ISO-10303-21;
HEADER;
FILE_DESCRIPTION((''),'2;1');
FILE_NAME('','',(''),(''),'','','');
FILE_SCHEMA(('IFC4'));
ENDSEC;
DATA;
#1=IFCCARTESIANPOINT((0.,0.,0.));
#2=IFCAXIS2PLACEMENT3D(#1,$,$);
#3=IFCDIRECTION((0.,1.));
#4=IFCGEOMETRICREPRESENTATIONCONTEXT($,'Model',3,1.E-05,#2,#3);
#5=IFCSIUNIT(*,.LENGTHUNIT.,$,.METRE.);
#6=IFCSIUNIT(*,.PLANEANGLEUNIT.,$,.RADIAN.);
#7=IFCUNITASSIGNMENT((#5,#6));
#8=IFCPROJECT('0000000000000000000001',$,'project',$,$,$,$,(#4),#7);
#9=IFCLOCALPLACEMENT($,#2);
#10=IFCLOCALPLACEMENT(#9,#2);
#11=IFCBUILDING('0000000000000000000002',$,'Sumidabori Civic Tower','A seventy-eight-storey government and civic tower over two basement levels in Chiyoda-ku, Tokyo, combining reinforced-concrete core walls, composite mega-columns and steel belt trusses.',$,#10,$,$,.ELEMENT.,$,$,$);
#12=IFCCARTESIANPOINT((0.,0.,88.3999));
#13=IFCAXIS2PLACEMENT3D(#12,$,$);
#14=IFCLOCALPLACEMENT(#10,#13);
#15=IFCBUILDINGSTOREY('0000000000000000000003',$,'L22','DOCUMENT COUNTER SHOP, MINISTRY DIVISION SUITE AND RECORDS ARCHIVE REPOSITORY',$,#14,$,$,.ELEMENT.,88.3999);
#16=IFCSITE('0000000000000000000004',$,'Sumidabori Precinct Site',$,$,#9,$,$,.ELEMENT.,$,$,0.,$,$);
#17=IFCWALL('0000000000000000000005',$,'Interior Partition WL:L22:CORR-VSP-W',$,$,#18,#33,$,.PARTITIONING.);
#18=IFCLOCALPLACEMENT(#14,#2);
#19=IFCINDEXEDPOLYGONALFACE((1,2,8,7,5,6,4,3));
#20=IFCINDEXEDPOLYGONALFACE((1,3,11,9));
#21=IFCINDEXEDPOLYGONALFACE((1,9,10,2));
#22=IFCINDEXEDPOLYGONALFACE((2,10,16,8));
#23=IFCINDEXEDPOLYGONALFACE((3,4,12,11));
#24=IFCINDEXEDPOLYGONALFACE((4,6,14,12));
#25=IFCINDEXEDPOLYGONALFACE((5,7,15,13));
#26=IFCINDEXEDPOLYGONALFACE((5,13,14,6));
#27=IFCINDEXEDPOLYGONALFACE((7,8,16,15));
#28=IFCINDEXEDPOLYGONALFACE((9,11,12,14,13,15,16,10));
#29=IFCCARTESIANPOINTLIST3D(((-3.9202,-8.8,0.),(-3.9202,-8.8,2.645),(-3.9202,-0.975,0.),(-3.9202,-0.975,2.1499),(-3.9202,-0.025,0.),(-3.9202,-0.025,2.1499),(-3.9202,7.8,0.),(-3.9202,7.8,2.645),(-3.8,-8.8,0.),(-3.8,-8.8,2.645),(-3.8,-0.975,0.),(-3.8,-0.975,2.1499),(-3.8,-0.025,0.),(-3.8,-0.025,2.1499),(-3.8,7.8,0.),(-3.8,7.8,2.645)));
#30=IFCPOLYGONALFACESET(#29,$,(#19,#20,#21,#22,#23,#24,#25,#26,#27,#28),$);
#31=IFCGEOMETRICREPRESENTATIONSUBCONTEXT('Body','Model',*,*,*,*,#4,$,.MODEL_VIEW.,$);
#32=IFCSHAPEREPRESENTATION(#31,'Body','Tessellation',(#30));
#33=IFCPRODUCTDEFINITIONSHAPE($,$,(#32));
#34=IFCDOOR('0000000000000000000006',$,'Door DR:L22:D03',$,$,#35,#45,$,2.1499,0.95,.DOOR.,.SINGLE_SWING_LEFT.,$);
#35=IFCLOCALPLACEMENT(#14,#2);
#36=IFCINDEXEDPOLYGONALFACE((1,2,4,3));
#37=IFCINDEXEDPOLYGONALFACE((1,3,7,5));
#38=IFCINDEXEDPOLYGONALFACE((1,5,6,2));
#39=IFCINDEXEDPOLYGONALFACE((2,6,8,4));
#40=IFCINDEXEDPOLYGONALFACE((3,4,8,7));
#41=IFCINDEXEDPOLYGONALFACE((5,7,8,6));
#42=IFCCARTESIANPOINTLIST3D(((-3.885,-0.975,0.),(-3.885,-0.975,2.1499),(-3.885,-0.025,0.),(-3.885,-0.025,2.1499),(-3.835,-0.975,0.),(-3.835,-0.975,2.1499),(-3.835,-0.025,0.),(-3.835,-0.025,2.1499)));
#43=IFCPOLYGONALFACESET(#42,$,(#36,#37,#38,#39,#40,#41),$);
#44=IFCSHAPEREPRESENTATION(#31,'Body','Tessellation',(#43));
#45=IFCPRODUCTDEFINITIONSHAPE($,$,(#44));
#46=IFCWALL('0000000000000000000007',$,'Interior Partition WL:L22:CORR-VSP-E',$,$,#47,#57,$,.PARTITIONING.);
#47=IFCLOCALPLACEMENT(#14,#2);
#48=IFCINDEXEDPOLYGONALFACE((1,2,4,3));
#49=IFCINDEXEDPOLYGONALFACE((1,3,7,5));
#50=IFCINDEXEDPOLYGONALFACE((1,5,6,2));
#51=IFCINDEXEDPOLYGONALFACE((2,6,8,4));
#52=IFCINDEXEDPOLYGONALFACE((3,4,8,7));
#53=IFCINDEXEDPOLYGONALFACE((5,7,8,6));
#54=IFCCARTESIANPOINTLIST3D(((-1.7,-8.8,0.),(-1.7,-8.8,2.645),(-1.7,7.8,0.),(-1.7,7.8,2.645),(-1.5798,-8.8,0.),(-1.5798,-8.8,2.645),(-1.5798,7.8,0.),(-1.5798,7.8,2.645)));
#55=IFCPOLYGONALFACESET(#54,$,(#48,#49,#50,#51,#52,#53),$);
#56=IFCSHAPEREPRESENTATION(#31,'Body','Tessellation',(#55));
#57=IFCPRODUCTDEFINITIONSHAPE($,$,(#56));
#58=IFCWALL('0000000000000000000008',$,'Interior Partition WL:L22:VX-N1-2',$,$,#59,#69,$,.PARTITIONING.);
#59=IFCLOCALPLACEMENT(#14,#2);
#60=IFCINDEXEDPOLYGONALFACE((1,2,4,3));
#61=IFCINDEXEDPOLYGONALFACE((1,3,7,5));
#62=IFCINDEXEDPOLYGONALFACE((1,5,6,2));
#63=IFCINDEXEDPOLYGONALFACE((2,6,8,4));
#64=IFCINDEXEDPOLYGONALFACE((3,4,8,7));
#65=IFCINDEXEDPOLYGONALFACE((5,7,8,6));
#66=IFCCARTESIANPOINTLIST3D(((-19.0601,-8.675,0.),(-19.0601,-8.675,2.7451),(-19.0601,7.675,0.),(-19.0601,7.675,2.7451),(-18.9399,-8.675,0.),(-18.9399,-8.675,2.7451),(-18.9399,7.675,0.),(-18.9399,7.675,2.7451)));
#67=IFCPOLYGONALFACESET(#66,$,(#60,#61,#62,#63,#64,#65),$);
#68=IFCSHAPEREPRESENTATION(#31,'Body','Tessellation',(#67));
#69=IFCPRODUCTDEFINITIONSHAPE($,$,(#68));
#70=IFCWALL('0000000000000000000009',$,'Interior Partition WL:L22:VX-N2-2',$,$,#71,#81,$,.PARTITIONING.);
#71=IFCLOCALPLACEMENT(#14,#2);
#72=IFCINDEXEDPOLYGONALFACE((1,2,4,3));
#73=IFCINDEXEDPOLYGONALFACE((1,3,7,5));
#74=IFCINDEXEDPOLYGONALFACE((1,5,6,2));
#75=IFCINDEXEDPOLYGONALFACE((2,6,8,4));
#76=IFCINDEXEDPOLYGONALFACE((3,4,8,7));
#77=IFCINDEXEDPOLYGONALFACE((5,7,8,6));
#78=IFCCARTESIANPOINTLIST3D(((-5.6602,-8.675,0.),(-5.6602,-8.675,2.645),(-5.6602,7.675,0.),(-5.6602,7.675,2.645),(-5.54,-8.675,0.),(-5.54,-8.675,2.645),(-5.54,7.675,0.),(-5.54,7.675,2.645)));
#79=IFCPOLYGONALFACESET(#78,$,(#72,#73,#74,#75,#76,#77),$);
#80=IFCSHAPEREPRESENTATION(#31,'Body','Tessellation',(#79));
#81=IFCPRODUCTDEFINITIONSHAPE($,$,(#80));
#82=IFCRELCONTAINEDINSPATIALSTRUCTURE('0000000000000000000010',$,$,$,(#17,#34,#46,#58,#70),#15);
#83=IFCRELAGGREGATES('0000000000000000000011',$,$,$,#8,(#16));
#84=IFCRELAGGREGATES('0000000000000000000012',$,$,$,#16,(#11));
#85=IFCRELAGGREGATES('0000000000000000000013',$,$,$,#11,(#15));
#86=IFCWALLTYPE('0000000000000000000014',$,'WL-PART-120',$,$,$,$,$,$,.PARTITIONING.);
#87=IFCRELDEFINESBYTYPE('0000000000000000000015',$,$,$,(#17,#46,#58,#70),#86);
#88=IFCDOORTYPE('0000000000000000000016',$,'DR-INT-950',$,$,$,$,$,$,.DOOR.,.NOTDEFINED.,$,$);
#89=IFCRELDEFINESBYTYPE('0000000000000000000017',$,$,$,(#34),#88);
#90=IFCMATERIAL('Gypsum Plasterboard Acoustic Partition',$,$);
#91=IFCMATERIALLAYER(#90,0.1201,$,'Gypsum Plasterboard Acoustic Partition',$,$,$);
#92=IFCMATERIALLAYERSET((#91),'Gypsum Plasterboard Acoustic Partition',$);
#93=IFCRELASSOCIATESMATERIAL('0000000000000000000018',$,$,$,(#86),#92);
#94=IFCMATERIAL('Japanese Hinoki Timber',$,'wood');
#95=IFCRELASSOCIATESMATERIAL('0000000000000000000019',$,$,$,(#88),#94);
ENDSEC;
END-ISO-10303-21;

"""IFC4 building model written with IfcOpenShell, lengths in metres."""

from ifc_helpers import new_model, si_unit, direction, frame, frame_2d, origin, place, context, subcontext, project, spatial, rectangle, extrude, source, transform, mapped, material, layer, layer_set, type_object, element, fill, save


model = new_model("IFC4")

# Units and contexts
model_context = context("Model", 3, precision=1e-05, world=origin(), true_north=direction((0.0, 1.0)))
body_context = subcontext(model_context, "Body", "Model", "MODEL_VIEW")
ifc_project = project(units=[si_unit("LENGTHUNIT", "METRE"), si_unit("PLANEANGLEUNIT", "RADIAN")], contexts=[model_context])

# Site, building, storey
site_placement = place(None, origin())
site = spatial("IfcSite", under=ifc_project, at=site_placement, Name="Sumidabori Precinct Site", CompositionType="ELEMENT", RefElevation=0.0)
building_placement = place(site_placement, origin())
building = spatial("IfcBuilding", under=site, at=building_placement, Name="Sumidabori Civic Tower", Description="A seventy-eight-storey government and civic tower over two basement levels in Chiyoda-ku, Tokyo, combining reinforced-concrete core walls, composite mega-columns and steel belt trusses.", CompositionType="ELEMENT")
storey_placement = place(building_placement, frame((0.0, 0.0, 88.3999)))
storey = spatial("IfcBuildingStorey", under=building, at=storey_placement, Name="L22", Description="DOCUMENT COUNTER SHOP, MINISTRY DIVISION SUITE AND RECORDS ARCHIVE REPOSITORY", CompositionType="ELEMENT", Elevation=88.3999)

# Shared definitions
ifc_material_1 = material(Name="Gypsum Plasterboard Acoustic Partition")
ifc_layer = layer(ifc_material_1, 0.1201, Name="Gypsum Plasterboard Acoustic Partition")
ifc_layer_set = layer_set([ifc_layer], Name="Gypsum Plasterboard Acoustic Partition")
wall_type = type_object("IfcWallType", Name="WL-PART-120", PredefinedType="PARTITIONING", material=ifc_layer_set)

# Wall, opening, door
ifc_material_2 = material(Name="Japanese Hinoki Timber", Category="wood")
door_type = type_object("IfcDoorType", Name="DR-INT-950", OperationType="NOTDEFINED", PredefinedType="DOOR", material=ifc_material_2)
shared_shape_1 = source(origin(), body_context, "Body", "SweptSolid", [
    extrude(rectangle(XDim=0.95, YDim=2.1499, at=frame_2d((0.4751, 1.075))), frame((0.0, 0.0249, 0.0), z_axis=(0.0, -1.0, 0.0), x_axis=(1.0, 0.0, 0.0)), (0.0, 0.0, 1.0), 0.05),
])
shared_shape_2 = source(origin(), body_context, "Body", "SweptSolid", [
    extrude(rectangle(XDim=16.6001, YDim=0.1201, at=frame_2d((8.3, 0.0))), origin(), (0.0, 0.0, 1.0), 2.645),
])
wall_1_placement = place(storey_placement, frame((-3.8601, -8.8, 0.0), z_axis=(0.0, 0.0, 1.0), x_axis=(0.0, 1.0, 0.0)))
wall_1 = element("IfcWall", 1, at=wall_1_placement, inside=storey, type_object=wall_type, Name="Interior Partition WL:L22:CORR-VSP-W", PredefinedType="PARTITIONING", context=body_context, shape_type="MappedRepresentation", body=[
    mapped(shared_shape_2, transform((0.0, 0.0, 0.0), x_axis=(1.0, 0.0, 0.0), y_axis=(0.0, 1.0, 0.0), z_axis=(0.0, 0.0, 1.0), scale=1.0)),
])
opening_1_placement = place(wall_1_placement, frame((7.825, 0.0, 0.0)))
opening_1 = element("IfcOpeningElement", 2, at=opening_1_placement, cuts=wall_1, PredefinedType="OPENING", context=body_context, shape_type="SweptSolid", body=[
    extrude(rectangle(XDim=0.95, YDim=2.1499, at=frame_2d((0.4751, 1.075))), frame((0.0, 0.072, 0.0), z_axis=(0.0, -1.0, 0.0), x_axis=(1.0, 0.0, 0.0)), (0.0, 0.0, 1.0), 0.144),
])
door_1_placement = place(opening_1_placement, origin())
door_1 = element("IfcDoor", 3, at=door_1_placement, inside=storey, type_object=door_type, Name="Door DR:L22:D03", OperationType="SINGLE_SWING_LEFT", OverallHeight=2.1499, OverallWidth=0.95, PredefinedType="DOOR", context=body_context, shape_type="MappedRepresentation", body=[
    mapped(shared_shape_1, transform((0.0, 0.0, 0.0), x_axis=(1.0, 0.0, 0.0), y_axis=(0.0, 1.0, 0.0), z_axis=(0.0, 0.0, 1.0), scale=1.0)),
])
fill(opening_1, door_1)

# Walls
wall_2_placement = place(storey_placement, frame((-1.6399, -8.8, 0.0), z_axis=(0.0, 0.0, 1.0), x_axis=(0.0, 1.0, 0.0)))
element("IfcWall", 4, at=wall_2_placement, inside=storey, type_object=wall_type, Name="Interior Partition WL:L22:CORR-VSP-E", PredefinedType="PARTITIONING", context=body_context, shape_type="MappedRepresentation", body=[
    mapped(shared_shape_2, transform((0.0, 0.0, 0.0), x_axis=(1.0, 0.0, 0.0), y_axis=(0.0, 1.0, 0.0), z_axis=(0.0, 0.0, 1.0), scale=1.0)),
])
shared_shape_3 = source(origin(), body_context, "Body", "SweptSolid", [
    extrude(rectangle(XDim=16.3501, YDim=0.1201, at=frame_2d((8.175, 0.0))), origin(), (0.0, 0.0, 1.0), 2.7451),
])
wall_3_placement = place(storey_placement, frame((-19.0, -8.675, 0.0), z_axis=(0.0, 0.0, 1.0), x_axis=(0.0, 1.0, 0.0)))
element("IfcWall", 5, at=wall_3_placement, inside=storey, type_object=wall_type, Name="Interior Partition WL:L22:VX-N1-2", PredefinedType="PARTITIONING", context=body_context, shape_type="MappedRepresentation", body=[
    mapped(shared_shape_3, transform((0.0, 0.0, 0.0), x_axis=(1.0, 0.0, 0.0), y_axis=(0.0, 1.0, 0.0), z_axis=(0.0, 0.0, 1.0), scale=1.0)),
])
shared_shape_4 = source(origin(), body_context, "Body", "SweptSolid", [
    extrude(rectangle(XDim=16.3501, YDim=0.1201, at=frame_2d((8.175, 0.0))), origin(), (0.0, 0.0, 1.0), 2.645),
])
wall_4_placement = place(storey_placement, frame((-5.6001, -8.675, 0.0), z_axis=(0.0, 0.0, 1.0), x_axis=(0.0, 1.0, 0.0)))
element("IfcWall", 6, at=wall_4_placement, inside=storey, type_object=wall_type, Name="Interior Partition WL:L22:VX-N2-2", PredefinedType="PARTITIONING", context=body_context, shape_type="MappedRepresentation", body=[
    mapped(shared_shape_4, transform((0.0, 0.0, 0.0), x_axis=(1.0, 0.0, 0.0), y_axis=(0.0, 1.0, 0.0), z_axis=(0.0, 0.0, 1.0), scale=1.0)),
])

save(model, "model.ifc")
